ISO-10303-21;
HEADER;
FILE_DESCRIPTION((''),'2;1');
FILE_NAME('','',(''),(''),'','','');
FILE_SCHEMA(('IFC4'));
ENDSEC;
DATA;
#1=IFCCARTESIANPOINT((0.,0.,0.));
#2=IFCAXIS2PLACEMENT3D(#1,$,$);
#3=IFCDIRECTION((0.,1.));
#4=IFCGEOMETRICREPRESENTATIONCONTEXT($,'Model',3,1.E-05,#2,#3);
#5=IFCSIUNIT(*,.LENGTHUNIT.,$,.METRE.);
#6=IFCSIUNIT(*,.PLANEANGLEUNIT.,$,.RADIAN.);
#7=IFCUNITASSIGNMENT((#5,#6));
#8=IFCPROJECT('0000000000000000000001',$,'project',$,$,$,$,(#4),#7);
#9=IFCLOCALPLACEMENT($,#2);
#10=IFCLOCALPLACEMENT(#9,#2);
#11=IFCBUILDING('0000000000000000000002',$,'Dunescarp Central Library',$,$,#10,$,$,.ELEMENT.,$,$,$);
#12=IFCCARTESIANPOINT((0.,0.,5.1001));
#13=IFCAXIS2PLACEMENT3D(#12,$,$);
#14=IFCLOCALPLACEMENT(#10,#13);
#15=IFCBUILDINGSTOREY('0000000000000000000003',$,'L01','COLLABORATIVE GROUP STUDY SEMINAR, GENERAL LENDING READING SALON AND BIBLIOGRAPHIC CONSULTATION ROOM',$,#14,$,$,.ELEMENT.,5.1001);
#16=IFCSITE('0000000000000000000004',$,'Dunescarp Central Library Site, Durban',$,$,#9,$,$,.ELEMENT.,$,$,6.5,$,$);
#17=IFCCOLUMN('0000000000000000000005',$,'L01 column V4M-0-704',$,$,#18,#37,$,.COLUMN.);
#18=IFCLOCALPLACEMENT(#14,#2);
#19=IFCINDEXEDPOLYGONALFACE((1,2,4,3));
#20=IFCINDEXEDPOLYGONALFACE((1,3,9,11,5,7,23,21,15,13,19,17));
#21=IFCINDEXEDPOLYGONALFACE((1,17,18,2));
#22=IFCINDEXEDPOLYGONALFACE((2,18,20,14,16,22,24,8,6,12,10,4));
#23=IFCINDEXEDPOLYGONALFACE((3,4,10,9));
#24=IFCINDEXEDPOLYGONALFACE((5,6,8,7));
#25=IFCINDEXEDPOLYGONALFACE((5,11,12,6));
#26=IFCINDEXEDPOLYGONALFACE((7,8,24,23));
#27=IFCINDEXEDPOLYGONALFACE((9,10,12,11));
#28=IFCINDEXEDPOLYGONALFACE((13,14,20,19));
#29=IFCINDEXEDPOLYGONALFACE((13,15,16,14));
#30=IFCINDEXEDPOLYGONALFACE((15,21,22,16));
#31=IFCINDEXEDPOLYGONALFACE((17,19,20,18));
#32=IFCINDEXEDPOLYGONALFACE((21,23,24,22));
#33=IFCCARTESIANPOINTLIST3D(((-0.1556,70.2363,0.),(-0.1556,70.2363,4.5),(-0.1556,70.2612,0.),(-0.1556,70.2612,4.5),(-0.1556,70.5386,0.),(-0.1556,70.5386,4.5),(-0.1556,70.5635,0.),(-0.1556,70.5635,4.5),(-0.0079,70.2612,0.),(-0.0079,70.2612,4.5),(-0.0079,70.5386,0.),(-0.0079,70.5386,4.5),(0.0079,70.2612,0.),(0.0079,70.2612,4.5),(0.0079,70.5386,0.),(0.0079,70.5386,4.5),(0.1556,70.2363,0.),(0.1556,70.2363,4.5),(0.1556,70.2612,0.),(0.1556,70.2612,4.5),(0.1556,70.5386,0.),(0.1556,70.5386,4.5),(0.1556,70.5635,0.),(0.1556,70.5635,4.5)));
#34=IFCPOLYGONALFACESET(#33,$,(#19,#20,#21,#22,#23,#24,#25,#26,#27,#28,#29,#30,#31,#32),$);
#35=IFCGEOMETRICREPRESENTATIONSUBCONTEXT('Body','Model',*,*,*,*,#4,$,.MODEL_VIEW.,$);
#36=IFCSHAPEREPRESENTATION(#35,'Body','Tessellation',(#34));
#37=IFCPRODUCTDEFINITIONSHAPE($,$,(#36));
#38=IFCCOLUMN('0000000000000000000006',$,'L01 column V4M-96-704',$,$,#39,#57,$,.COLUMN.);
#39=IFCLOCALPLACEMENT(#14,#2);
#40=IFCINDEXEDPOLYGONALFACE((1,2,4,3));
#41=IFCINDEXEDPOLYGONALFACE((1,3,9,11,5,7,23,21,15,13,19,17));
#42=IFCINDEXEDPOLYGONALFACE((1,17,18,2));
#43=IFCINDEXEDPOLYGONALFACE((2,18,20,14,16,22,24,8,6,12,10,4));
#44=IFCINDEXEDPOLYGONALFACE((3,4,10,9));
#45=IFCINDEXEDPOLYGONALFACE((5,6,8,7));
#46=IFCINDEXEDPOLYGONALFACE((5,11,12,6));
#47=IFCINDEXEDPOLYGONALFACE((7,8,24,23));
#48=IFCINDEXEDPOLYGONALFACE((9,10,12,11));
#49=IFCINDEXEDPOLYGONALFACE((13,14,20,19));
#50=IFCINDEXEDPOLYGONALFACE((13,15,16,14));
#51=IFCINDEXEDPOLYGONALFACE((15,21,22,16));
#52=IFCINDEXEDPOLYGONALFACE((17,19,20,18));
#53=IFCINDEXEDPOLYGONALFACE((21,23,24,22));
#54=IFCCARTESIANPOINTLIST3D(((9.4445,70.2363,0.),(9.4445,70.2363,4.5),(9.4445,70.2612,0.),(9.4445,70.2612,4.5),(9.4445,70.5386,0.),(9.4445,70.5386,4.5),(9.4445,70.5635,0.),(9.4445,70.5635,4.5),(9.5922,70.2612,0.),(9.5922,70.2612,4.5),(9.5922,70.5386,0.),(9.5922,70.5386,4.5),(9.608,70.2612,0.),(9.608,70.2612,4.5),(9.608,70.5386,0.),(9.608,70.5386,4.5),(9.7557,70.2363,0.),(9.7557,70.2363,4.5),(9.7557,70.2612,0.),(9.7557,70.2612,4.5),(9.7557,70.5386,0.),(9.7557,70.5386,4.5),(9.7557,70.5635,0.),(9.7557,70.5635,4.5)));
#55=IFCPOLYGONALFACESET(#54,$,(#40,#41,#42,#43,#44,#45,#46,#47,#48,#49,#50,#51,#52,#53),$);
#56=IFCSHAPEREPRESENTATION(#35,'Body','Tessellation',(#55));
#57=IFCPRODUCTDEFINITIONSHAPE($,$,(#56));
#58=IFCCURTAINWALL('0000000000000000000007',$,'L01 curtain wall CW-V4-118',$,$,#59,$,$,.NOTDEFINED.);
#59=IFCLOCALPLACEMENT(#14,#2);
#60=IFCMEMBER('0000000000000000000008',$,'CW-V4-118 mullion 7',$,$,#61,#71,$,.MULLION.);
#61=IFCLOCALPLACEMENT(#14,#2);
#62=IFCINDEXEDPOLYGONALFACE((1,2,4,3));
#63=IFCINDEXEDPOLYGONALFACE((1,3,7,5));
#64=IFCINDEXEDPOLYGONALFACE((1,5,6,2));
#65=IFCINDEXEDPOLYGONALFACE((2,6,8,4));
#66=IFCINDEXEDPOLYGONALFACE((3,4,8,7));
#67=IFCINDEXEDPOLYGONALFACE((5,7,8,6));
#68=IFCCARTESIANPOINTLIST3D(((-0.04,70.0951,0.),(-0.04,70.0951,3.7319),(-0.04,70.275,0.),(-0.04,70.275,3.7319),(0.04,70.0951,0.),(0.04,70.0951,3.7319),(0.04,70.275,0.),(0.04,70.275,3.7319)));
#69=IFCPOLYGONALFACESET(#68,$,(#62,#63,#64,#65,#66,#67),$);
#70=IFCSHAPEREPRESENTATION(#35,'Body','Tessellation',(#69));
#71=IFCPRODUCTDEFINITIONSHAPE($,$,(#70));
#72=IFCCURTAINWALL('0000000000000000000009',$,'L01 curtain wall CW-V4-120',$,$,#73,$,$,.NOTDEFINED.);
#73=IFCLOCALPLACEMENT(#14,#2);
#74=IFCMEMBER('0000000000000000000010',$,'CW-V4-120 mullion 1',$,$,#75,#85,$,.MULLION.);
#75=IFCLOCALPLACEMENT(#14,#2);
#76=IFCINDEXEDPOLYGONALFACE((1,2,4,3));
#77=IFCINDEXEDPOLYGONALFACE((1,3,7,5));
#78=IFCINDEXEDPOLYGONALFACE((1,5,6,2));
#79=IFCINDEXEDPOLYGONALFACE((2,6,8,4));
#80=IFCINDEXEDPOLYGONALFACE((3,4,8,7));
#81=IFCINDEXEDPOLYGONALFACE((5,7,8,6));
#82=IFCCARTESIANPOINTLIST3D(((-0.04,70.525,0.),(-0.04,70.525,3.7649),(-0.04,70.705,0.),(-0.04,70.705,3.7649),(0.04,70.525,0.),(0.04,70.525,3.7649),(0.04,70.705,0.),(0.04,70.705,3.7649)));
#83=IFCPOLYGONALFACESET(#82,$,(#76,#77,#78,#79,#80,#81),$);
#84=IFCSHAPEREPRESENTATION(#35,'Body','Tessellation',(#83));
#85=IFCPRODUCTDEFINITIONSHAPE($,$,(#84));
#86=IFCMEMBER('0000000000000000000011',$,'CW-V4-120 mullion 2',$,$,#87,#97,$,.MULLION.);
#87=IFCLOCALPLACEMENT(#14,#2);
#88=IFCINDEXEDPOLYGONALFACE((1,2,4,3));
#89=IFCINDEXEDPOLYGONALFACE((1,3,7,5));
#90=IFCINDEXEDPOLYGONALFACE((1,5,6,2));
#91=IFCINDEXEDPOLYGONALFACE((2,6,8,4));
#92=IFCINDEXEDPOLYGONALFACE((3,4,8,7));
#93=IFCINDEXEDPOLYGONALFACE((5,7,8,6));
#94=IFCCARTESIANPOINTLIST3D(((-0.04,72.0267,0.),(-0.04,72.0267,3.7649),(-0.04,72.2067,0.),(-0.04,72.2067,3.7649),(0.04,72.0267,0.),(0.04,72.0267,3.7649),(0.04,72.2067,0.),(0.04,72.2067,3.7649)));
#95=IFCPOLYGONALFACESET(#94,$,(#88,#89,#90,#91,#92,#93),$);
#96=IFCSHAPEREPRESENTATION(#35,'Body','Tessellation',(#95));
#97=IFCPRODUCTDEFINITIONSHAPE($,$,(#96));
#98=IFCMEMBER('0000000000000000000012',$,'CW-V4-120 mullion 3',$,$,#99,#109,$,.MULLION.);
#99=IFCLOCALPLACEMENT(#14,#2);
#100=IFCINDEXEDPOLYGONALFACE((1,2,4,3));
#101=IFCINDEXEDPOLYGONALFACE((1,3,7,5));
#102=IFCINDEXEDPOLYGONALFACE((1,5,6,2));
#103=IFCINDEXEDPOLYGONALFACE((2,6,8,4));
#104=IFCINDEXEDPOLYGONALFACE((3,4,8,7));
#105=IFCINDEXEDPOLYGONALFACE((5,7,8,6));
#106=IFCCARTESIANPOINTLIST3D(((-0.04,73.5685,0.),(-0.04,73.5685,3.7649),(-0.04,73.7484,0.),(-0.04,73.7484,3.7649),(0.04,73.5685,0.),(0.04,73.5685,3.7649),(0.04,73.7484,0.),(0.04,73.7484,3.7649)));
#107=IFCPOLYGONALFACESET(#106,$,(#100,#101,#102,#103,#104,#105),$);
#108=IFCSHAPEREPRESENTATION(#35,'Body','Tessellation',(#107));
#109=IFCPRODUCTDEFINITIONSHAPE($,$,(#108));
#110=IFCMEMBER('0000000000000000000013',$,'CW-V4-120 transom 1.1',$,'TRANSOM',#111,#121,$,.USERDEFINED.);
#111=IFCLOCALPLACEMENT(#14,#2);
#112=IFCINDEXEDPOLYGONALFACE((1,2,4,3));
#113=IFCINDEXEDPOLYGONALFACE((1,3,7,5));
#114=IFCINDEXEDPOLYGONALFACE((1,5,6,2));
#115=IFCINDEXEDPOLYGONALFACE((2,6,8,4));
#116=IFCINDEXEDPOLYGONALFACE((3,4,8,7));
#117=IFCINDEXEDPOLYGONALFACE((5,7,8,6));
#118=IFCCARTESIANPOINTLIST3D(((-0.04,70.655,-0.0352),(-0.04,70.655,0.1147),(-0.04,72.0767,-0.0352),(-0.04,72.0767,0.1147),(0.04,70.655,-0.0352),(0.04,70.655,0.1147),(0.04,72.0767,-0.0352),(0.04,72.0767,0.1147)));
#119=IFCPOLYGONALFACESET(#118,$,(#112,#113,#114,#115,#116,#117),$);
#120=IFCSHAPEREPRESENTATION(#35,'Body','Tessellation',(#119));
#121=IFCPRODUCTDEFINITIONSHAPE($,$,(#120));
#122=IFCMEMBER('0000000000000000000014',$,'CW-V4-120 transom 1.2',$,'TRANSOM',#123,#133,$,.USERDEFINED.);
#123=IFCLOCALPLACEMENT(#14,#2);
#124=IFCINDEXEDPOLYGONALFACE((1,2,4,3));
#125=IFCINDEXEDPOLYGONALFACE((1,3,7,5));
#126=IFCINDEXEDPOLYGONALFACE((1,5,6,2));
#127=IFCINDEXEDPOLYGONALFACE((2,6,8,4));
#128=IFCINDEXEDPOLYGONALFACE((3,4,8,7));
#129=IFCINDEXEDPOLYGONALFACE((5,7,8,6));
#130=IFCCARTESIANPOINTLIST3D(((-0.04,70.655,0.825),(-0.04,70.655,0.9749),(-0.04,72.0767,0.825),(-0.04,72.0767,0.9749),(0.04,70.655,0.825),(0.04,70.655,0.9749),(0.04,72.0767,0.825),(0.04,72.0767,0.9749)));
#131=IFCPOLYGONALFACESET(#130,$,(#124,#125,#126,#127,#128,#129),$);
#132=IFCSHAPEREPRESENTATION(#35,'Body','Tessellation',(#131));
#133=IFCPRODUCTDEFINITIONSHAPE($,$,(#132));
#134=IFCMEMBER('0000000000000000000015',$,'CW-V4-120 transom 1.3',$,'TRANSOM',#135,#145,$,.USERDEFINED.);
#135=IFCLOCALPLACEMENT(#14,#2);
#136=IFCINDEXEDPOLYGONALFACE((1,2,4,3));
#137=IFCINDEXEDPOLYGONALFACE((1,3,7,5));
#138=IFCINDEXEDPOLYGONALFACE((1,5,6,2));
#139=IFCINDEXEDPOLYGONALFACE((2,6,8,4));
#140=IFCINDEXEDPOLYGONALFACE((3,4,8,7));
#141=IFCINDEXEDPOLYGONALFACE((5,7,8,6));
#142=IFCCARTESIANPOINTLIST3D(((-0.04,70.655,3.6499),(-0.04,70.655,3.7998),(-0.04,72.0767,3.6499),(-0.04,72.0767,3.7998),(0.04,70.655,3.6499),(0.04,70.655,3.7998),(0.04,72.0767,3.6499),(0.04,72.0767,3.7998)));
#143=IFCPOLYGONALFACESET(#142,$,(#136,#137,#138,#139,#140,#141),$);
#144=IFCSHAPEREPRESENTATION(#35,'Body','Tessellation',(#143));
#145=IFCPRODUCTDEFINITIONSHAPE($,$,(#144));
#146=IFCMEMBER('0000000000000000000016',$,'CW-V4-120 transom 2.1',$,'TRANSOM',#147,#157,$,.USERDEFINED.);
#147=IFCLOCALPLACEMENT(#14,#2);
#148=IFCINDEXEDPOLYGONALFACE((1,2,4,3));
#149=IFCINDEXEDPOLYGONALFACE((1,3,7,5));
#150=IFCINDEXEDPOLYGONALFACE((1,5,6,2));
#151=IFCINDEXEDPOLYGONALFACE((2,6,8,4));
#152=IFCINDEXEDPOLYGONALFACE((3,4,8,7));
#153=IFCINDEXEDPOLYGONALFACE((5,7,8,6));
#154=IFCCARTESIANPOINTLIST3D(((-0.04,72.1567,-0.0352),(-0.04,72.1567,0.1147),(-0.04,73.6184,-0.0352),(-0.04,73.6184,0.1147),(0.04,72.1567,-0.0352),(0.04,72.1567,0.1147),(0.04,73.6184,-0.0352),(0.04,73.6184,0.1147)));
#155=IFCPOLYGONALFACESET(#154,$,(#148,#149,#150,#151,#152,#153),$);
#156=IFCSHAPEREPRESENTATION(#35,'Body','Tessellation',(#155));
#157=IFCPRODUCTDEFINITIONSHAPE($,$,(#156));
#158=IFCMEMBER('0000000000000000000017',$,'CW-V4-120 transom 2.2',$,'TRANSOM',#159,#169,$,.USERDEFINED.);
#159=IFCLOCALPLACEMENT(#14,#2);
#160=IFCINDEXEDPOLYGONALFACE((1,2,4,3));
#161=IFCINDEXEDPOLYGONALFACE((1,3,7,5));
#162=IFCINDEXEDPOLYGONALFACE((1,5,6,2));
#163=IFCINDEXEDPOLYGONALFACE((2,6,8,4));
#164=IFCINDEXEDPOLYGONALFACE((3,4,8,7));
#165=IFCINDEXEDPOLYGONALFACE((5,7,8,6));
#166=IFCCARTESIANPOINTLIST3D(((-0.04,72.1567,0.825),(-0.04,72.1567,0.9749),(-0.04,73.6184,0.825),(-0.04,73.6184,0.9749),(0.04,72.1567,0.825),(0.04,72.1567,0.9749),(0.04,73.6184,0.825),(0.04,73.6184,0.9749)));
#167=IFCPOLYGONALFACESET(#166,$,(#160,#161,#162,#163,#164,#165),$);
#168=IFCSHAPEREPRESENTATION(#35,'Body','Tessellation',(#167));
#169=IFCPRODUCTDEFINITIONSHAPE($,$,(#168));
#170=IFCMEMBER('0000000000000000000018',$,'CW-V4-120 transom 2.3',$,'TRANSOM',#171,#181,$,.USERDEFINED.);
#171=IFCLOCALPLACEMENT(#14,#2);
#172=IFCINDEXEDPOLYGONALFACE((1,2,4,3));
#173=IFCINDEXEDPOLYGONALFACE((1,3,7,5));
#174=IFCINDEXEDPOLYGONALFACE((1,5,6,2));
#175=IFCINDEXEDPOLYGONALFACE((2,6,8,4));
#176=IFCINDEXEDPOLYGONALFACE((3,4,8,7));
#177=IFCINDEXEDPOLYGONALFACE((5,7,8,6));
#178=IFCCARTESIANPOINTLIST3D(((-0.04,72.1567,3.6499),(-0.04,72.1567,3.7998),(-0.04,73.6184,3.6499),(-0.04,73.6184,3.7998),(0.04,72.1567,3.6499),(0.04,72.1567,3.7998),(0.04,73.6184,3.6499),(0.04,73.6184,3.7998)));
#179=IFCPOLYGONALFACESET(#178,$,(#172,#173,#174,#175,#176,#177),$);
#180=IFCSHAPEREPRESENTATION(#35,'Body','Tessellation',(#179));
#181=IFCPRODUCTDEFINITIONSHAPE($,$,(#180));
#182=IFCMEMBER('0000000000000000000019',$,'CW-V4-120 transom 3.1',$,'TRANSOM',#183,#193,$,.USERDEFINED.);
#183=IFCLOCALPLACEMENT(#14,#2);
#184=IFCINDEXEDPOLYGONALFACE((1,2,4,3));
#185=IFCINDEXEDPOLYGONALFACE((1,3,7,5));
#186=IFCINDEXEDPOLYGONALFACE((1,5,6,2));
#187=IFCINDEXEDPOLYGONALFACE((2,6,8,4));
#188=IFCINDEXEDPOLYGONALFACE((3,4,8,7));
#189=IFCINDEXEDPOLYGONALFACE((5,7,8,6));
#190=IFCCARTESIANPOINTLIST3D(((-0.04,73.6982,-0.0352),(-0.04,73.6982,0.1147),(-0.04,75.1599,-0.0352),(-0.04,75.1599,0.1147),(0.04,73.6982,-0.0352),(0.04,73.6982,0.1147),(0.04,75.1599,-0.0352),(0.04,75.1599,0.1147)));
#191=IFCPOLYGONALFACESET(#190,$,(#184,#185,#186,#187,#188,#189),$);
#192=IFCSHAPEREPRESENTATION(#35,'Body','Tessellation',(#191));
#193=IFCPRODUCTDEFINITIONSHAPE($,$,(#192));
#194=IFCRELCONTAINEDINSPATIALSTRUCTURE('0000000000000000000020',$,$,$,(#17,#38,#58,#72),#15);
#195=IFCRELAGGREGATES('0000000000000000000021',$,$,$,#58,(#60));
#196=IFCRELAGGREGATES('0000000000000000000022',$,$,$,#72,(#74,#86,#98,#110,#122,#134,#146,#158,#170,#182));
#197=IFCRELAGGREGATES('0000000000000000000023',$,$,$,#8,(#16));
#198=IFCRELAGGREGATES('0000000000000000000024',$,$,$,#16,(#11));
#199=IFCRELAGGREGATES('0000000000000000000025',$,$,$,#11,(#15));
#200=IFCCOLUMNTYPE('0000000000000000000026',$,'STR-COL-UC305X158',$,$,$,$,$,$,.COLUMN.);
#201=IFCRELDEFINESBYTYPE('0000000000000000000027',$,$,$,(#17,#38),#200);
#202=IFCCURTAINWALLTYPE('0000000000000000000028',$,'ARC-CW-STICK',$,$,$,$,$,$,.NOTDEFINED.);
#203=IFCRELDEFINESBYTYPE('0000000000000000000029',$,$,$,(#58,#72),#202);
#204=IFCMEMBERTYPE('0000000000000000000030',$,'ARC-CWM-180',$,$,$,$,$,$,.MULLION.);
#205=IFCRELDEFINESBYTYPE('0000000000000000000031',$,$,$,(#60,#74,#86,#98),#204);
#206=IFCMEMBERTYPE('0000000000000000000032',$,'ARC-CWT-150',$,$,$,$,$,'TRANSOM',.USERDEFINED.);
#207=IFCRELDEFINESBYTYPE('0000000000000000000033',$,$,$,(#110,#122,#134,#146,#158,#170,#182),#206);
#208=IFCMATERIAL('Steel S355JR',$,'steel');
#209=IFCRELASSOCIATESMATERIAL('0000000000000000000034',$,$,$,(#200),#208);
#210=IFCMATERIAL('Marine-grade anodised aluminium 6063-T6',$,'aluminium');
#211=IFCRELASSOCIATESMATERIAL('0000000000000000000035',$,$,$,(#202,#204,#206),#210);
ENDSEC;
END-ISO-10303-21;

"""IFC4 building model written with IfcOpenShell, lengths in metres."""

from ifc_helpers import new_model, si_unit, direction, frame, origin, origin_2d, place, context, subcontext, project, spatial, rectangle, i_section, extrude, material, material_profile, profile_set, type_object, element, aggregate, save


model = new_model("IFC4")

# Units and contexts
model_context = context("Model", 3, precision=1e-05, world=origin(), true_north=direction((0.0, 1.0)))
body_context = subcontext(model_context, "Body", "Model", "MODEL_VIEW")
ifc_project = project(units=[si_unit("LENGTHUNIT", "METRE"), si_unit("PLANEANGLEUNIT", "RADIAN")], contexts=[model_context])

# Site, building, storey
site_placement = place(None, origin())
site = spatial("IfcSite", under=ifc_project, at=site_placement, Name="Dunescarp Central Library Site, Durban", CompositionType="ELEMENT", RefElevation=6.5)
building_placement = place(site_placement, origin())
building = spatial("IfcBuilding", under=site, at=building_placement, Name="Dunescarp Central Library", CompositionType="ELEMENT")
storey_placement = place(building_placement, frame((0.0, 0.0, 5.1001)))
storey = spatial("IfcBuildingStorey", under=building, at=storey_placement, Name="L01", Description="COLLABORATIVE GROUP STUDY SEMINAR, GENERAL LENDING READING SALON AND BIBLIOGRAPHIC CONSULTATION ROOM", CompositionType="ELEMENT", Elevation=5.1001)

# Columns
ifc_material_1 = material(Name="Steel S355JR", Category="steel")
ifc_material_profile_1 = material_profile(ifc_material_1, i_section(OverallWidth=0.3113, OverallDepth=0.3271, WebThickness=0.0159, FlangeThickness=0.0249, at=origin_2d()), Name="UC 305x305x158")
ifc_profile_set_1 = profile_set([ifc_material_profile_1], Name="Steel S355JR")
column_type = type_object("IfcColumnType", Name="STR-COL-UC305X158", PredefinedType="COLUMN", material=ifc_profile_set_1)
for number, where, z_axis, x_axis, name in (
    (1, (0.0, 70.3999, 0.0), (0.0, 0.0, 1.0), (1.0, 0.0, 0.0), "L01 column V4M-0-704"),
    (2, (9.6001, 70.3999, 0.0), (0.0, 0.0, 1.0), (1.0, 0.0, 0.0), "L01 column V4M-96-704"),
):
    element("IfcColumn", number, at=place(storey_placement, frame(where, z_axis=z_axis, x_axis=x_axis)), inside=storey, type_object=column_type, Name=name, PredefinedType="COLUMN", context=body_context, shape_type="SweptSolid", body=[
        extrude(i_section(OverallWidth=0.3113, OverallDepth=0.3271, WebThickness=0.0159, FlangeThickness=0.0249, at=origin_2d()), origin(), (0.0, 0.0, 1.0), 4.5),
    ])

# Curtain wall, member
ifc_material_2 = material(Name="Marine-grade anodised aluminium 6063-T6", Category="aluminium")
curtain_wall_type = type_object("IfcCurtainWallType", Name="ARC-CW-STICK", PredefinedType="NOTDEFINED", material=ifc_material_2)
curtain_wall_1_placement = place(storey_placement, origin())
curtain_wall_1 = element("IfcCurtainWall", 3, at=curtain_wall_1_placement, inside=storey, type_object=curtain_wall_type, Name="L01 curtain wall CW-V4-118", PredefinedType="NOTDEFINED")
ifc_material_profile_2 = material_profile(ifc_material_2, rectangle(XDim=0.0801, YDim=0.1799, at=origin_2d()), Name="AL 80x180")
ifc_profile_set_2 = profile_set([ifc_material_profile_2], Name="Marine-grade anodised aluminium 6063-T6")
member_type_1 = type_object("IfcMemberType", Name="ARC-CWM-180", PredefinedType="MULLION", material=ifc_profile_set_2)
member_1_placement = place(storey_placement, frame((0.0, 70.1851, 0.0), z_axis=(0.0, 0.0, 1.0), x_axis=(-1.0, 0.0, 0.0)))
member_1 = element("IfcMember", 4, at=member_1_placement, type_object=member_type_1, Name="CW-V4-118 mullion 7", PredefinedType="MULLION", context=body_context, shape_type="SweptSolid", body=[
    extrude(rectangle(XDim=0.0801, YDim=0.1799, at=origin_2d()), origin(), (0.0, 0.0, 1.0), 3.7319),
])

# Curtain wall, members
curtain_wall_2_placement = place(storey_placement, origin())
curtain_wall_2 = element("IfcCurtainWall", 5, at=curtain_wall_2_placement, inside=storey, type_object=curtain_wall_type, Name="L01 curtain wall CW-V4-120", PredefinedType="NOTDEFINED")
member_2_placement = place(storey_placement, frame((0.0, 70.615, 0.0), z_axis=(0.0, 0.0, 1.0), x_axis=(-1.0, 0.0, 0.0)))
member_2 = element("IfcMember", 6, at=member_2_placement, type_object=member_type_1, Name="CW-V4-120 mullion 1", PredefinedType="MULLION", context=body_context, shape_type="SweptSolid", body=[
    extrude(rectangle(XDim=0.0801, YDim=0.1799, at=origin_2d()), origin(), (0.0, 0.0, 1.0), 3.7649),
])
member_3_placement = place(storey_placement, frame((0.0, 72.1167, 0.0), z_axis=(0.0, 0.0, 1.0), x_axis=(-1.0, 0.0, 0.0)))
member_3 = element("IfcMember", 7, at=member_3_placement, type_object=member_type_1, Name="CW-V4-120 mullion 2", PredefinedType="MULLION", context=body_context, shape_type="SweptSolid", body=[
    extrude(rectangle(XDim=0.0801, YDim=0.1799, at=origin_2d()), origin(), (0.0, 0.0, 1.0), 3.7649),
])
member_4_placement = place(storey_placement, frame((0.0, 73.6584, 0.0), z_axis=(0.0, 0.0, 1.0), x_axis=(-1.0, 0.0, 0.0)))
member_4 = element("IfcMember", 8, at=member_4_placement, type_object=member_type_1, Name="CW-V4-120 mullion 3", PredefinedType="MULLION", context=body_context, shape_type="SweptSolid", body=[
    extrude(rectangle(XDim=0.0801, YDim=0.1799, at=origin_2d()), origin(), (0.0, 0.0, 1.0), 3.7649),
])
ifc_material_profile_3 = material_profile(ifc_material_2, rectangle(XDim=0.0801, YDim=0.1499, at=origin_2d()), Name="AL 80x150")
ifc_profile_set_3 = profile_set([ifc_material_profile_3], Name="Marine-grade anodised aluminium 6063-T6")
member_type_2 = type_object("IfcMemberType", Name="ARC-CWT-150", ElementType="TRANSOM", PredefinedType="USERDEFINED", material=ifc_profile_set_3)
member_5_placement = place(storey_placement, frame((0.0, 70.655, 0.0398), z_axis=(0.0, 1.0, 0.0), x_axis=(-1.0, 0.0, 0.0)))
member_5 = element("IfcMember", 9, at=member_5_placement, type_object=member_type_2, Name="CW-V4-120 transom 1.1", ObjectType="TRANSOM", PredefinedType="USERDEFINED", context=body_context, shape_type="SweptSolid", body=[
    extrude(rectangle(XDim=0.0801, YDim=0.1499, at=origin_2d()), origin(), (0.0, 0.0, 1.0), 1.4216),
])
member_6_placement = place(storey_placement, frame((0.0, 70.655, 0.8999), z_axis=(0.0, 1.0, 0.0), x_axis=(-1.0, 0.0, 0.0)))
member_6 = element("IfcMember", 10, at=member_6_placement, type_object=member_type_2, Name="CW-V4-120 transom 1.2", ObjectType="TRANSOM", PredefinedType="USERDEFINED", context=body_context, shape_type="SweptSolid", body=[
    extrude(rectangle(XDim=0.0801, YDim=0.1499, at=origin_2d()), origin(), (0.0, 0.0, 1.0), 1.4216),
])
member_7_placement = place(storey_placement, frame((0.0, 70.655, 3.7249), z_axis=(0.0, 1.0, 0.0), x_axis=(-1.0, 0.0, 0.0)))
member_7 = element("IfcMember", 11, at=member_7_placement, type_object=member_type_2, Name="CW-V4-120 transom 1.3", ObjectType="TRANSOM", PredefinedType="USERDEFINED", context=body_context, shape_type="SweptSolid", body=[
    extrude(rectangle(XDim=0.0801, YDim=0.1499, at=origin_2d()), origin(), (0.0, 0.0, 1.0), 1.4216),
])
member_8_placement = place(storey_placement, frame((0.0, 72.1567, 0.0398), z_axis=(0.0, 1.0, 0.0), x_axis=(-1.0, 0.0, 0.0)))
member_8 = element("IfcMember", 12, at=member_8_placement, type_object=member_type_2, Name="CW-V4-120 transom 2.1", ObjectType="TRANSOM", PredefinedType="USERDEFINED", context=body_context, shape_type="SweptSolid", body=[
    extrude(rectangle(XDim=0.0801, YDim=0.1499, at=origin_2d()), origin(), (0.0, 0.0, 1.0), 1.4617),
])
member_9_placement = place(storey_placement, frame((0.0, 72.1567, 0.8999), z_axis=(0.0, 1.0, 0.0), x_axis=(-1.0, 0.0, 0.0)))
member_9 = element("IfcMember", 13, at=member_9_placement, type_object=member_type_2, Name="CW-V4-120 transom 2.2", ObjectType="TRANSOM", PredefinedType="USERDEFINED", context=body_context, shape_type="SweptSolid", body=[
    extrude(rectangle(XDim=0.0801, YDim=0.1499, at=origin_2d()), origin(), (0.0, 0.0, 1.0), 1.4617),
])
member_10_placement = place(storey_placement, frame((0.0, 72.1567, 3.7249), z_axis=(0.0, 1.0, 0.0), x_axis=(-1.0, 0.0, 0.0)))
member_10 = element("IfcMember", 14, at=member_10_placement, type_object=member_type_2, Name="CW-V4-120 transom 2.3", ObjectType="TRANSOM", PredefinedType="USERDEFINED", context=body_context, shape_type="SweptSolid", body=[
    extrude(rectangle(XDim=0.0801, YDim=0.1499, at=origin_2d()), origin(), (0.0, 0.0, 1.0), 1.4617),
])
member_11_placement = place(storey_placement, frame((0.0, 73.6982, 0.0398), z_axis=(0.0, 1.0, 0.0), x_axis=(-1.0, 0.0, 0.0)))
member_11 = element("IfcMember", 15, at=member_11_placement, type_object=member_type_2, Name="CW-V4-120 transom 3.1", ObjectType="TRANSOM", PredefinedType="USERDEFINED", context=body_context, shape_type="SweptSolid", body=[
    extrude(rectangle(XDim=0.0801, YDim=0.1499, at=origin_2d()), origin(), (0.0, 0.0, 1.0), 1.4617),
])

aggregate(curtain_wall_1, [member_1])
aggregate(curtain_wall_2, [member_2, member_3, member_4, member_5, member_6, member_7, member_8, member_9, member_10, member_11])

save(model, "model.ifc")
